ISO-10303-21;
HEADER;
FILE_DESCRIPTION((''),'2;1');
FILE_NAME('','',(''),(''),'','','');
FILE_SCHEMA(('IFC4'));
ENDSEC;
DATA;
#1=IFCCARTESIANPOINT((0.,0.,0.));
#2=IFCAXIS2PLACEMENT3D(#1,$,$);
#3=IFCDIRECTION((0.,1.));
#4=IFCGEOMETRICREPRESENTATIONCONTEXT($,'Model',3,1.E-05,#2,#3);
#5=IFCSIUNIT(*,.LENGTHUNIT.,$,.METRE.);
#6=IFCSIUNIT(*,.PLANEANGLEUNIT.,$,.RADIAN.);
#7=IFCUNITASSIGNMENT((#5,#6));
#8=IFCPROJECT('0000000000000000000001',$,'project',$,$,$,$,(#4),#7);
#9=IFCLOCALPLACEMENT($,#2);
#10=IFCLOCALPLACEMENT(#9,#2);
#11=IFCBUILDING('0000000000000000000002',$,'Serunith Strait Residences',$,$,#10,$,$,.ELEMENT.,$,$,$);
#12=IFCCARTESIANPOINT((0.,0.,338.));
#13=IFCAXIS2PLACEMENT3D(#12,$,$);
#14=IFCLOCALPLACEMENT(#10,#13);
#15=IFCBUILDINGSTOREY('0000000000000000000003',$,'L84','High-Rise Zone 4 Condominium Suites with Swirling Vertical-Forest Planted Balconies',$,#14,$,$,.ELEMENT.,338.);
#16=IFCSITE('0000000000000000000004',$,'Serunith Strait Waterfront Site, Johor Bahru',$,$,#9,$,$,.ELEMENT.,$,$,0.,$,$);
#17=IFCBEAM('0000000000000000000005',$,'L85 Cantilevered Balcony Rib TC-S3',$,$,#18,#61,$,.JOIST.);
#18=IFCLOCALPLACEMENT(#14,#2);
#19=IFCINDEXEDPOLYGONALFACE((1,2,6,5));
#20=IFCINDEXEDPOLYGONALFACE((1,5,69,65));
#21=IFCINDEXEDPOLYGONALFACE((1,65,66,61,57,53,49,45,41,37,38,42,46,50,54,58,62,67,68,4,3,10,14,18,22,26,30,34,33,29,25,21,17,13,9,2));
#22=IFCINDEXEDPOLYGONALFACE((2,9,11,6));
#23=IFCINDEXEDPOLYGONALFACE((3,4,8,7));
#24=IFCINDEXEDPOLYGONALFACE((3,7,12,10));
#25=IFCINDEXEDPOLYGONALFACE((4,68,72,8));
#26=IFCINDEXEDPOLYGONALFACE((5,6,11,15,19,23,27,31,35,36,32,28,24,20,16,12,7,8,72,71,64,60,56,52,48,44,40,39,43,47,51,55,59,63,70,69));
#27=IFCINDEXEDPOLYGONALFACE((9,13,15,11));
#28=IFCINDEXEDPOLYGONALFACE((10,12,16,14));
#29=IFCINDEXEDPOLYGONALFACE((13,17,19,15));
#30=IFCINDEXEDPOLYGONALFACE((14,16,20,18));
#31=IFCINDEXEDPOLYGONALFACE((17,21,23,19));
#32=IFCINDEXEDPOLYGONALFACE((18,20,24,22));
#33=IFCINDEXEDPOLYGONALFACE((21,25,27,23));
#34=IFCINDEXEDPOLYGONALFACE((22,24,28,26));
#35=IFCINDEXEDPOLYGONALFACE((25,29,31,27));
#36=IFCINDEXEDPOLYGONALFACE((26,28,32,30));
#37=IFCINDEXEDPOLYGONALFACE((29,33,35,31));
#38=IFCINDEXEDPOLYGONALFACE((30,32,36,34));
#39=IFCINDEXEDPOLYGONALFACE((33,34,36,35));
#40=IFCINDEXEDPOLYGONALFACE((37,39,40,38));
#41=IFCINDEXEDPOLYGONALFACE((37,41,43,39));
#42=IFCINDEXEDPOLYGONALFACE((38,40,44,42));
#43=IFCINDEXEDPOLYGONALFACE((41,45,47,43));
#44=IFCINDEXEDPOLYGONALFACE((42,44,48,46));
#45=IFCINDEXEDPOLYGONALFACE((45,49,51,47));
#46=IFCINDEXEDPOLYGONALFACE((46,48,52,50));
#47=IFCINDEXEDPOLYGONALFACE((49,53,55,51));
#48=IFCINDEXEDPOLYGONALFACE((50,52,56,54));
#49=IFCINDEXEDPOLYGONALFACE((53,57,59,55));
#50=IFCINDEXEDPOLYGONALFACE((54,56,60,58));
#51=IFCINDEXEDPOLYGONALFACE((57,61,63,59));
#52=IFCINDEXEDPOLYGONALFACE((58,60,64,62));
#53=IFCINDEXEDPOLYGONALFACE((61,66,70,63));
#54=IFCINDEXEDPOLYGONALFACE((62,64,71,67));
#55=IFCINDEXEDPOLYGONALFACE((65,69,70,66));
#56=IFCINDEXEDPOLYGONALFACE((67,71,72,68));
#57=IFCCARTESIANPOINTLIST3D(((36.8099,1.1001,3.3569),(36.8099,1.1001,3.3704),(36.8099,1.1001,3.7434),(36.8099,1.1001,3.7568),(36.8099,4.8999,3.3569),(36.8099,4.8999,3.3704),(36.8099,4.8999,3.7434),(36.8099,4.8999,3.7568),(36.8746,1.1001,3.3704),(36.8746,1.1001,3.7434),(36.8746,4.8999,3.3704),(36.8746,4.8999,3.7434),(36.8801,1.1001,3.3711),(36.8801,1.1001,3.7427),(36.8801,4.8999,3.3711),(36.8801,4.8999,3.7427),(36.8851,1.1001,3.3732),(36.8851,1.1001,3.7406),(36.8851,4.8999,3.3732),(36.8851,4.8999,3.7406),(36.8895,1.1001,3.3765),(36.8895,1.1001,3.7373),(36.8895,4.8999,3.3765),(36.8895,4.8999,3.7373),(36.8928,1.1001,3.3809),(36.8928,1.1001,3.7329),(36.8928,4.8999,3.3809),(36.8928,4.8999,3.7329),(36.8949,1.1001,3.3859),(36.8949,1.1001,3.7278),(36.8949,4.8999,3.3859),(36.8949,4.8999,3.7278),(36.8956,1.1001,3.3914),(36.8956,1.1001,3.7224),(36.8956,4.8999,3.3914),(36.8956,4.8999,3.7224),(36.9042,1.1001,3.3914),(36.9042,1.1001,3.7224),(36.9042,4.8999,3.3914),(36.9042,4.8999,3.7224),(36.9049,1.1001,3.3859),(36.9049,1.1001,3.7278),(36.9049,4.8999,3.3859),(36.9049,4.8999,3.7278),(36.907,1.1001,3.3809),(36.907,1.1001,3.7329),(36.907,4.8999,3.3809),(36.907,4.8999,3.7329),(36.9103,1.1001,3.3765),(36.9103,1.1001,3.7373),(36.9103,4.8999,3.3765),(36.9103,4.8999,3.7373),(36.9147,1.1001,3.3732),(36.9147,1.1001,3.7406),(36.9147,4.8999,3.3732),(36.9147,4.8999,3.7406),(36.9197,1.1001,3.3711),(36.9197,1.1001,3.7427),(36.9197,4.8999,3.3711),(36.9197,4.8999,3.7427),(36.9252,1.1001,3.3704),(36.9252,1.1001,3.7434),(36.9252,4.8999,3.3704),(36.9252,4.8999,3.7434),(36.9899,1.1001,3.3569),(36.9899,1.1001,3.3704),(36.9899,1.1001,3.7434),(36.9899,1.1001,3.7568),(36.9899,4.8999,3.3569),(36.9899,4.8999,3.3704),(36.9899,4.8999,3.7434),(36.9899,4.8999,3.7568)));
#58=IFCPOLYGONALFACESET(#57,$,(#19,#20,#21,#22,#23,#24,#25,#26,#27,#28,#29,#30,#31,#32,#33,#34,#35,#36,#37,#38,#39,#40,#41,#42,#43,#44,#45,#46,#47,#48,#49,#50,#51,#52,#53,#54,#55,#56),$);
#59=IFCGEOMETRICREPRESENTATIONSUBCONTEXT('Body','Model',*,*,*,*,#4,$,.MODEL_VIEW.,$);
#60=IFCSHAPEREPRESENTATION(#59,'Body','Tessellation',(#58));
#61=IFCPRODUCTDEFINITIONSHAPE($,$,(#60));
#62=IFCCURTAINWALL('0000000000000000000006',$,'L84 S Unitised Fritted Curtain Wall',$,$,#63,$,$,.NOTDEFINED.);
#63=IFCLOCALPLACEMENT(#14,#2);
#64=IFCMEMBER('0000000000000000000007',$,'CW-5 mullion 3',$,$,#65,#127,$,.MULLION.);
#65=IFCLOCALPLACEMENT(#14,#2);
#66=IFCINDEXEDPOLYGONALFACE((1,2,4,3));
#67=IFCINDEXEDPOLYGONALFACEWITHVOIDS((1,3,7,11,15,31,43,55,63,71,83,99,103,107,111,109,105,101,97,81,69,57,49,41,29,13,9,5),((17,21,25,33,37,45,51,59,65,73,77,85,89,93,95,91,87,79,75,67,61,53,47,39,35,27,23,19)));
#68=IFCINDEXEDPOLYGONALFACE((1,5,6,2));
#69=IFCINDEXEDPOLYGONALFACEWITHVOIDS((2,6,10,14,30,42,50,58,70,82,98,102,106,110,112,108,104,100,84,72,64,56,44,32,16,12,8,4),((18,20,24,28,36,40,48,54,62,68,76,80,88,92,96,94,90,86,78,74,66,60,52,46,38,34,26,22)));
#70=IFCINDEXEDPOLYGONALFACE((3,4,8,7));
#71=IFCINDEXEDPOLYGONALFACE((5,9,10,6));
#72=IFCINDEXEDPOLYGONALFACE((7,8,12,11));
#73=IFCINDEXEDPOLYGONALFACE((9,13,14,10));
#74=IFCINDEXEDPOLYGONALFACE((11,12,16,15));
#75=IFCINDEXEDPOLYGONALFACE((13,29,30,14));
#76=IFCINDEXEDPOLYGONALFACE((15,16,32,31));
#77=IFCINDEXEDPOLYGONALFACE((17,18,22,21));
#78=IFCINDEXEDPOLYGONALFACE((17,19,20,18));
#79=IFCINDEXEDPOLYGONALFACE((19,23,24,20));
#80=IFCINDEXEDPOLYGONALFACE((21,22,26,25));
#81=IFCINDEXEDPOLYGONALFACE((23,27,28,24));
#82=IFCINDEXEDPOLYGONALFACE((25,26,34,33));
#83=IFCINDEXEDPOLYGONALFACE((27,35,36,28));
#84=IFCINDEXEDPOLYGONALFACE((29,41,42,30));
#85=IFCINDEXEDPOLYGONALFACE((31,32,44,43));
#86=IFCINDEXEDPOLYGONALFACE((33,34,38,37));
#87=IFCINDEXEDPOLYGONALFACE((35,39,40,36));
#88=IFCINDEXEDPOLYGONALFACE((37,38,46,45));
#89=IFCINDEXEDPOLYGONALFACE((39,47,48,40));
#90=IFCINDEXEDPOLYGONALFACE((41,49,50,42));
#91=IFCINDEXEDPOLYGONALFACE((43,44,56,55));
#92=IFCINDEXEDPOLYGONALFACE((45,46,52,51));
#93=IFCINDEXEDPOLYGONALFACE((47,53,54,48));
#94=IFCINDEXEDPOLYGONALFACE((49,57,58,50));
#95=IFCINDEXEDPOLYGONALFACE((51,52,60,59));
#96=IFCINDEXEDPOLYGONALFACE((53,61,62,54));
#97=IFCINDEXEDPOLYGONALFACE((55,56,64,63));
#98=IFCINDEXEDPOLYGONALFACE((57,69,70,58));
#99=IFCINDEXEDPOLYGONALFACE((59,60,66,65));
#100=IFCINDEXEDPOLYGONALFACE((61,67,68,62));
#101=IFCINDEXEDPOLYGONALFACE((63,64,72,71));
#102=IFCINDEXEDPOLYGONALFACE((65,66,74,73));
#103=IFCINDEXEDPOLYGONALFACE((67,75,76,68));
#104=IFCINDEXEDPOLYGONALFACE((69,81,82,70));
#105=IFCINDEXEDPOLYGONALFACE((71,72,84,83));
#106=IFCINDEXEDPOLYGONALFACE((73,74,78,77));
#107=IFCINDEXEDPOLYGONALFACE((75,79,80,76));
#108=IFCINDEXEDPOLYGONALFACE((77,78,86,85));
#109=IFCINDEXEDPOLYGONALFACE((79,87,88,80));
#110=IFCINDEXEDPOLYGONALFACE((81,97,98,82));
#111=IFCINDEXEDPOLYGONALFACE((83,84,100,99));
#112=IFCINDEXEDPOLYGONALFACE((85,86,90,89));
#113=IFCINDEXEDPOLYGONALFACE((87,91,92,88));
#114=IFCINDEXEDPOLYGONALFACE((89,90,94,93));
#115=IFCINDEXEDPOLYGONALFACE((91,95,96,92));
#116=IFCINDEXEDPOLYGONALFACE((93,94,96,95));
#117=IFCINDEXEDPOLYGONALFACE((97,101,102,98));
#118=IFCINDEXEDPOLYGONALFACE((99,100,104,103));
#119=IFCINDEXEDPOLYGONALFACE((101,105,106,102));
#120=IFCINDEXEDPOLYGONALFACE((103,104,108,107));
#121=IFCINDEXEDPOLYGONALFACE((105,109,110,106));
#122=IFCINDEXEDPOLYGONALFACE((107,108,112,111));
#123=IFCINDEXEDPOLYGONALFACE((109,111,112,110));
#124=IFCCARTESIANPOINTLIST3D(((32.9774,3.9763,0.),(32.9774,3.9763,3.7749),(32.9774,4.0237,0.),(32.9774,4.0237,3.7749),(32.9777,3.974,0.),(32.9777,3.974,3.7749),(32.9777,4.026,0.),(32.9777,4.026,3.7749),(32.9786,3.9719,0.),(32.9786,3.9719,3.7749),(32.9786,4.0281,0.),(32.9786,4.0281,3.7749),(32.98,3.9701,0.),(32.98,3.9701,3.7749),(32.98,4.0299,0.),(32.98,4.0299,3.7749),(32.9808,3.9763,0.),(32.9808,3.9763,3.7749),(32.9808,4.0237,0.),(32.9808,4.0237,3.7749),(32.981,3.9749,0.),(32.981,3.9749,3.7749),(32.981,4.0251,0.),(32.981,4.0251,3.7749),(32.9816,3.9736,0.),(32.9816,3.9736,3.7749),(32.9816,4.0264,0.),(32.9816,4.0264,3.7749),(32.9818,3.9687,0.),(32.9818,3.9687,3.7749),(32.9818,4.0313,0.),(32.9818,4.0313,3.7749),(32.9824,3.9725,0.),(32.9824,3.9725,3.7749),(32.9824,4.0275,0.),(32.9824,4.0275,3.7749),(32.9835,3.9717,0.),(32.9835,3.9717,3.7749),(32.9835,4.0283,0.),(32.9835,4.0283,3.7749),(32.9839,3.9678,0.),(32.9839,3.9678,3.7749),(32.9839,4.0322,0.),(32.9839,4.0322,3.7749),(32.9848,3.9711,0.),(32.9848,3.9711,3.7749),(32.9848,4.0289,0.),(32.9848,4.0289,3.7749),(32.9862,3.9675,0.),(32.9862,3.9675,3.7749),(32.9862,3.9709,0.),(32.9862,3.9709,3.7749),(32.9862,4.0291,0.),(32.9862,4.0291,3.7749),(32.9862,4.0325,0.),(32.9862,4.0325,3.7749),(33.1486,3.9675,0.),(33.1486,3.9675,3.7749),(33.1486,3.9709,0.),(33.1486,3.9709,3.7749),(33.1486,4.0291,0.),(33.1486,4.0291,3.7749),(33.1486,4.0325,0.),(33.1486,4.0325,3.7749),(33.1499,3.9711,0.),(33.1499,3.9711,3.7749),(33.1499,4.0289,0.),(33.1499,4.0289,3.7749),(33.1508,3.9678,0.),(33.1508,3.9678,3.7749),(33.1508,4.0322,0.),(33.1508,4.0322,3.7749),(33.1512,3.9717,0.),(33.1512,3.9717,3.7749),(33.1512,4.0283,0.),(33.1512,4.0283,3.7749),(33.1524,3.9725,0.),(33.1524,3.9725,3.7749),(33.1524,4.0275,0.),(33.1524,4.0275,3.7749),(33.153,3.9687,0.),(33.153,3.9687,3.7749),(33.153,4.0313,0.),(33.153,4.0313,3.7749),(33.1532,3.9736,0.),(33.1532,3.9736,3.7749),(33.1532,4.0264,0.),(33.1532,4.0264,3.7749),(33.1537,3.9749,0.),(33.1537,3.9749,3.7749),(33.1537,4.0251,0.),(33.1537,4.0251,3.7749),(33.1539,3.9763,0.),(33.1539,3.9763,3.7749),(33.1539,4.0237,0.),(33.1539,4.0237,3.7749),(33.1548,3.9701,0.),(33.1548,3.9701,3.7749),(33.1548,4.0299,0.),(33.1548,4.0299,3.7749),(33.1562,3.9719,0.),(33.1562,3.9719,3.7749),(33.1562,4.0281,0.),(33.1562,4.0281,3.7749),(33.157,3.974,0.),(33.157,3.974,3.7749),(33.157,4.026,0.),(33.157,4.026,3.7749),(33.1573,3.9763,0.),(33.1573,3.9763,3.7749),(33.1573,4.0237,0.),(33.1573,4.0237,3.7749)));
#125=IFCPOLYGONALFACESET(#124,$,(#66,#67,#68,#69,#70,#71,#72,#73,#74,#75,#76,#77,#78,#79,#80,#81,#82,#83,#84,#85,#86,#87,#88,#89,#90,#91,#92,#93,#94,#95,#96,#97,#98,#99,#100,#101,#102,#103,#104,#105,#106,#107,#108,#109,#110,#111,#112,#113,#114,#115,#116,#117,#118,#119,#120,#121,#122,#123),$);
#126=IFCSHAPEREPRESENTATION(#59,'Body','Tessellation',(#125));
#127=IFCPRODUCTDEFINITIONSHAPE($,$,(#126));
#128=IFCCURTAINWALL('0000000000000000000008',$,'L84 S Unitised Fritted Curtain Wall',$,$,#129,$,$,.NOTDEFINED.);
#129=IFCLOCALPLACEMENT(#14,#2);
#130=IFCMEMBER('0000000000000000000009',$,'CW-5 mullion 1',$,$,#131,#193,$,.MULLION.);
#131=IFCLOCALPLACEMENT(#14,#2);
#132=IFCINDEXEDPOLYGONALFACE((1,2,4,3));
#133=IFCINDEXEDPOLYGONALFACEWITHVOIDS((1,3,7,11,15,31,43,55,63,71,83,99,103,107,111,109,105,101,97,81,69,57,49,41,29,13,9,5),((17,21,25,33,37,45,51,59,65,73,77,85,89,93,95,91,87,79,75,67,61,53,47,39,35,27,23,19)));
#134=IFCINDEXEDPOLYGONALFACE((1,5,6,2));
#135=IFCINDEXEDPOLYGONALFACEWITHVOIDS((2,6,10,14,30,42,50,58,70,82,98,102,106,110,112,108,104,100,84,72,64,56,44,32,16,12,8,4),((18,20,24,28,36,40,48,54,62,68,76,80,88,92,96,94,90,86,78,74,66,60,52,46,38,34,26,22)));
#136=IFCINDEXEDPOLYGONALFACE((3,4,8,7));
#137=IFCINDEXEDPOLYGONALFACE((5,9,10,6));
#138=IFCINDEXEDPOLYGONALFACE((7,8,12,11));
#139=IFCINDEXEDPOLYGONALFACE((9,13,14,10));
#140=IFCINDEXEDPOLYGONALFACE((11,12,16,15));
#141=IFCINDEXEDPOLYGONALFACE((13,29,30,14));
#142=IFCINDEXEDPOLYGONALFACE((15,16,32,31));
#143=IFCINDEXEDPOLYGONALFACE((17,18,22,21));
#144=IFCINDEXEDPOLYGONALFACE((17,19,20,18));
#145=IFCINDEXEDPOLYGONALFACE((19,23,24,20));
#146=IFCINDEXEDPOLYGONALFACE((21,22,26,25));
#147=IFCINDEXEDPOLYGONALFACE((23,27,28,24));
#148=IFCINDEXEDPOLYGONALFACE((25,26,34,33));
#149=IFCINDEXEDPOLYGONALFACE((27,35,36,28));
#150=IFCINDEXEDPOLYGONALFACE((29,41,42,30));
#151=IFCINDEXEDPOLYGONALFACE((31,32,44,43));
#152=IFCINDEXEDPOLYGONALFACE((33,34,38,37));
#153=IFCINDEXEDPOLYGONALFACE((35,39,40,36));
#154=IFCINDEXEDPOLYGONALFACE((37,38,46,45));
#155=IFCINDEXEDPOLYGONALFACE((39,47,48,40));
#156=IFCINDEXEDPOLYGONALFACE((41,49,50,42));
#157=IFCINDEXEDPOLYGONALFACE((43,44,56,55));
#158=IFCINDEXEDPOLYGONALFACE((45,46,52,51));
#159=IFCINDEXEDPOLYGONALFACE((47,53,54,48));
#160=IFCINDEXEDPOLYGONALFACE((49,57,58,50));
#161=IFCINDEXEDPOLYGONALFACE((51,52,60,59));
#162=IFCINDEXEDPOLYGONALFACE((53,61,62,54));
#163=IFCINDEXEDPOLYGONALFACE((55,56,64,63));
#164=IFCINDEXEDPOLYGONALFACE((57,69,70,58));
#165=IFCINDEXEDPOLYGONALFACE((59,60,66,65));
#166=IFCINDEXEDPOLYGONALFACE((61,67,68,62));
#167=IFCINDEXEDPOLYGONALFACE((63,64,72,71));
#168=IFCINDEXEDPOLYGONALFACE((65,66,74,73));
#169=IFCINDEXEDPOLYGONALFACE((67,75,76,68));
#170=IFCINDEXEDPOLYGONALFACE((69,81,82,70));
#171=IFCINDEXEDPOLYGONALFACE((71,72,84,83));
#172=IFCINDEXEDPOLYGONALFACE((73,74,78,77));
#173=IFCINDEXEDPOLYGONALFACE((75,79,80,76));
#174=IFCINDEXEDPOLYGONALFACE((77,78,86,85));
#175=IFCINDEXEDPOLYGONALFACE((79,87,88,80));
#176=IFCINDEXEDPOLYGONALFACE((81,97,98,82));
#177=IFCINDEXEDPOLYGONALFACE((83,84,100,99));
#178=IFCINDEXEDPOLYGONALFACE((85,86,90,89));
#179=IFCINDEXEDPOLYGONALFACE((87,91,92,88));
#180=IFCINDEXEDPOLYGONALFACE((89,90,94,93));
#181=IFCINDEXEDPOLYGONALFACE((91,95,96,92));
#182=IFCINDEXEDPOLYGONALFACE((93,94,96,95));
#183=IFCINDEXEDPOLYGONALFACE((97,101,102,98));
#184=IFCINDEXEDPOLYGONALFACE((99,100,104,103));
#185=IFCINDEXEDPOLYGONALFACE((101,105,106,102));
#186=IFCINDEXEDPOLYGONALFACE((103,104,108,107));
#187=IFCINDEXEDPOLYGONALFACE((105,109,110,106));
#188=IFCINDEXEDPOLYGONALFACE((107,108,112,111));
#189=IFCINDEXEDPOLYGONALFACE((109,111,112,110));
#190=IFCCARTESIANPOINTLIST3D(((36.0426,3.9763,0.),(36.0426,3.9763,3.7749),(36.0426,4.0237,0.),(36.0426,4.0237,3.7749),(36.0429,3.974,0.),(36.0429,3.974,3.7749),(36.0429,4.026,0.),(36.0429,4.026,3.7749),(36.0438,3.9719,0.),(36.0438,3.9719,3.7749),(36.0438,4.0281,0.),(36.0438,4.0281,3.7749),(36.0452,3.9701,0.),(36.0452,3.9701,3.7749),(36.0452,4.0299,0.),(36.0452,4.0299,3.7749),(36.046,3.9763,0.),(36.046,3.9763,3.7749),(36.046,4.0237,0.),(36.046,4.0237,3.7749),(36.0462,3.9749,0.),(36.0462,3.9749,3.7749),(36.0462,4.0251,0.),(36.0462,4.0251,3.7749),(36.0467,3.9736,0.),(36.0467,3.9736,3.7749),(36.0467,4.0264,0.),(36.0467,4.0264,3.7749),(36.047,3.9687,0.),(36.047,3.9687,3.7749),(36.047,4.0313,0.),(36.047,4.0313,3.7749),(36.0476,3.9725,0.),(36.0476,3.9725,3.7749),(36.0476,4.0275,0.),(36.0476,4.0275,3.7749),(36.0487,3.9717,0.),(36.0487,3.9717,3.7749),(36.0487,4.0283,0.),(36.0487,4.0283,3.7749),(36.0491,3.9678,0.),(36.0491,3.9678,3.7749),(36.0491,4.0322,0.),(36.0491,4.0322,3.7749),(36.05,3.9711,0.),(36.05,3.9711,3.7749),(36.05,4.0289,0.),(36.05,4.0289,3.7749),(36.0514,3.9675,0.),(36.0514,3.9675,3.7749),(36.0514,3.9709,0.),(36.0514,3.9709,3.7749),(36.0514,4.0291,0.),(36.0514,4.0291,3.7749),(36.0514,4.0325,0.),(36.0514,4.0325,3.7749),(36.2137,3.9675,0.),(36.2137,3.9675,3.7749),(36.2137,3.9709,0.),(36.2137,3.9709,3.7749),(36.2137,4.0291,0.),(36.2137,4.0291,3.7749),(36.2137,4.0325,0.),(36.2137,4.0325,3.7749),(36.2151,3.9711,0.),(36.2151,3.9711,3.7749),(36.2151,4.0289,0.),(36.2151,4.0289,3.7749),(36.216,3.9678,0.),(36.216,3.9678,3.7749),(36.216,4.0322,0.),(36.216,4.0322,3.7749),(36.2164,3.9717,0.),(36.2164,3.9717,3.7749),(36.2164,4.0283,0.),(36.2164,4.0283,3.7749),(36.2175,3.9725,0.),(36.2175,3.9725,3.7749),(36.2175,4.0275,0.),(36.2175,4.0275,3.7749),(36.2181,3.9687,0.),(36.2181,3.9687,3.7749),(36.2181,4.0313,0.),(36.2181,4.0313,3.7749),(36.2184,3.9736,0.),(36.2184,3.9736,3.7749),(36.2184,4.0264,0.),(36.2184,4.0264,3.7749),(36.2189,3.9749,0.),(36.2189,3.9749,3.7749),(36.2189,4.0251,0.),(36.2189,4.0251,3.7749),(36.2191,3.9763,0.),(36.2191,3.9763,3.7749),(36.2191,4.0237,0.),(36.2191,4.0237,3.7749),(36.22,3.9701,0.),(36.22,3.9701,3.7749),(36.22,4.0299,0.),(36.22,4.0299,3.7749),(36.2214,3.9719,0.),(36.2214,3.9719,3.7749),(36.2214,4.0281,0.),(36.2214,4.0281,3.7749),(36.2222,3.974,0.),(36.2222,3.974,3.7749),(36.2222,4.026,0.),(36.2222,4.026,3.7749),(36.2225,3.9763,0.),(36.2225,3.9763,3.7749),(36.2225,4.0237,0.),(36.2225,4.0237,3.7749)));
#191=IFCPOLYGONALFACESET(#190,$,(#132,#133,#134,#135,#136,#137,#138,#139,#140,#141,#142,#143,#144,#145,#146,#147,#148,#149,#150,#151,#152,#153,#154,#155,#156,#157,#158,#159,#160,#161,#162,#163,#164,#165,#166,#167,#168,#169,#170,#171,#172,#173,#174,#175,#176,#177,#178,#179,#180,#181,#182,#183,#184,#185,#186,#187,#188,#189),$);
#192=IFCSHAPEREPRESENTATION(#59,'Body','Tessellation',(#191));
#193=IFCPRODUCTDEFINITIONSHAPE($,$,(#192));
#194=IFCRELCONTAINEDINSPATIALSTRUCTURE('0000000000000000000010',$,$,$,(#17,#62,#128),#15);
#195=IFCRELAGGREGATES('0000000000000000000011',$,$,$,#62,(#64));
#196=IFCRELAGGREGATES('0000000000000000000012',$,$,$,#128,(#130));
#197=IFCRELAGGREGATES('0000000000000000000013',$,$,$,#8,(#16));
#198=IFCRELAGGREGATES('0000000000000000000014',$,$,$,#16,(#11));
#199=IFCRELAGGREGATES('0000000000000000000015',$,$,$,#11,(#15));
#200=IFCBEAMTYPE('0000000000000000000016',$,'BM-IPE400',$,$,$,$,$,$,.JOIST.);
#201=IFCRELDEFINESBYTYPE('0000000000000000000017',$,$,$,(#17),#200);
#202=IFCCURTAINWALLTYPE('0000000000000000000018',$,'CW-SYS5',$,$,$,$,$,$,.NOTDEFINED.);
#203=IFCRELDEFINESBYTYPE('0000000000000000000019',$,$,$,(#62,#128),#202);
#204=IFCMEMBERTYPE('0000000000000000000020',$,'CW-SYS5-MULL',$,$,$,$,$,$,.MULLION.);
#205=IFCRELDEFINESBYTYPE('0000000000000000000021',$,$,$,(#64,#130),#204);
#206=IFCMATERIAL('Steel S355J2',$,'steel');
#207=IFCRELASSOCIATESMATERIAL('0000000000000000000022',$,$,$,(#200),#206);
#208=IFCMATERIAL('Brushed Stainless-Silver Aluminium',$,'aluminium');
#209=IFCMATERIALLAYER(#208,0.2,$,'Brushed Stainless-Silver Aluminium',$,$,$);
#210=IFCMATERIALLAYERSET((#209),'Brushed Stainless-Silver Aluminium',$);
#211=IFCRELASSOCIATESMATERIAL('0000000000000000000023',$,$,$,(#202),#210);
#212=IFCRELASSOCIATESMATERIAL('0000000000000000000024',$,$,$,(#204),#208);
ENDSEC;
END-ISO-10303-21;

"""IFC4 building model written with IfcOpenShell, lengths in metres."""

from ifc_helpers import new_model, si_unit, direction, frame, origin, origin_2d, place, context, subcontext, project, spatial, hollow_rectangle, i_section, extrude, source, transform, mapped, material, layer, layer_set, material_profile, profile_set, type_object, element, aggregate, save


model = new_model("IFC4")

# Units and contexts
model_context = context("Model", 3, precision=1e-05, world=origin(), true_north=direction((0.0, 1.0)))
body_context = subcontext(model_context, "Body", "Model", "MODEL_VIEW")
ifc_project = project(units=[si_unit("LENGTHUNIT", "METRE"), si_unit("PLANEANGLEUNIT", "RADIAN")], contexts=[model_context])

# Site, building, storey
site_placement = place(None, origin())
site = spatial("IfcSite", under=ifc_project, at=site_placement, Name="Serunith Strait Waterfront Site, Johor Bahru", CompositionType="ELEMENT", RefElevation=0.0)
building_placement = place(site_placement, origin())
building = spatial("IfcBuilding", under=site, at=building_placement, Name="Serunith Strait Residences", CompositionType="ELEMENT")
storey_placement = place(building_placement, frame((0.0, 0.0, 338.0)))
storey = spatial("IfcBuildingStorey", under=building, at=storey_placement, Name="L84", Description="High-Rise Zone 4 Condominium Suites with Swirling Vertical-Forest Planted Balconies", CompositionType="ELEMENT", Elevation=338.0)

# Beam
ifc_material_1 = material(Name="Steel S355J2", Category="steel")
ifc_material_profile_1 = material_profile(ifc_material_1, i_section(OverallWidth=0.1799, OverallDepth=0.3999, WebThickness=0.0085, FlangeThickness=0.0134, FilletRadius=0.021, at=origin_2d()), Name="IPE 400")
ifc_profile_set_1 = profile_set([ifc_material_profile_1], Name="Steel S355J2")
beam_type_1 = type_object("IfcBeamType", Name="BM-IPE400", PredefinedType="JOIST", material=ifc_profile_set_1)
shared_shape_1 = source(origin(), body_context, "Body", "SweptSolid", [
    extrude(i_section(OverallWidth=0.1799, OverallDepth=0.3999, WebThickness=0.0085, FlangeThickness=0.0134, FilletRadius=0.021, at=origin_2d()), origin(), (0.0, 0.0, 1.0), 3.7998),
])
beam_1_placement = place(storey_placement, frame((36.8999, 4.8999, 3.5569), z_axis=(0.0, -1.0, 0.0), x_axis=(1.0, 0.0, 0.0)))
element("IfcBeam", 1, at=beam_1_placement, inside=storey, type_object=beam_type_1, Name="L85 Cantilevered Balcony Rib TC-S3", PredefinedType="JOIST", context=body_context, shape_type="MappedRepresentation", body=[
    mapped(shared_shape_1, transform((0.0, 0.0, 0.0), scale=1.0)),
])

# Curtain wall, member
ifc_material_2 = material(Name="Brushed Stainless-Silver Aluminium", Category="aluminium")
ifc_layer_1 = layer(ifc_material_2, 0.2, Name="Brushed Stainless-Silver Aluminium")
ifc_layer_set_1 = layer_set([ifc_layer_1], Name="Brushed Stainless-Silver Aluminium")
curtain_wall_type = type_object("IfcCurtainWallType", Name="CW-SYS5", PredefinedType="NOTDEFINED", material=ifc_layer_set_1)
curtain_wall_1_placement = place(storey_placement, origin())
curtain_wall_1 = element("IfcCurtainWall", 2, at=curtain_wall_1_placement, inside=storey, type_object=curtain_wall_type, Name="L84 S Unitised Fritted Curtain Wall", PredefinedType="NOTDEFINED")
ifc_material_profile_2 = material_profile(ifc_material_2, hollow_rectangle(XDim=0.0649, YDim=0.1799, WallThickness=0.0034, InnerFilletRadius=0.0054, OuterFilletRadius=0.0088, at=origin_2d()), Name="ALU 180x65x3.5")
ifc_profile_set_2 = profile_set([ifc_material_profile_2], Name="Brushed Stainless-Silver Aluminium")
member_type_1 = type_object("IfcMemberType", Name="CW-SYS5-MULL", PredefinedType="MULLION", material=ifc_profile_set_2)
shared_shape_2 = source(origin(), body_context, "Body", "SweptSolid", [
    extrude(hollow_rectangle(XDim=0.0649, YDim=0.1799, WallThickness=0.0034, InnerFilletRadius=0.0054, OuterFilletRadius=0.0088, at=origin_2d()), origin(), (0.0, 0.0, 1.0), 3.7749),
])
member_1_placement = place(storey_placement, frame((33.0674, 4.0, 0.0), z_axis=(0.0, 0.0, 1.0), x_axis=(0.0, 1.0, 0.0)))
member_1 = element("IfcMember", 3, at=member_1_placement, type_object=member_type_1, Name="CW-5 mullion 3", PredefinedType="MULLION", context=body_context, shape_type="MappedRepresentation", body=[
    mapped(shared_shape_2, transform((0.0, 0.0, 0.0), scale=1.0)),
])

# Curtain wall, member
curtain_wall_2_placement = place(storey_placement, origin())
curtain_wall_2 = element("IfcCurtainWall", 4, at=curtain_wall_2_placement, inside=storey, type_object=curtain_wall_type, Name="L84 S Unitised Fritted Curtain Wall", PredefinedType="NOTDEFINED")
member_2_placement = place(storey_placement, frame((36.1326, 4.0, 0.0), z_axis=(0.0, 0.0, 1.0), x_axis=(0.0, 1.0, 0.0)))
member_2 = element("IfcMember", 5, at=member_2_placement, type_object=member_type_1, Name="CW-5 mullion 1", PredefinedType="MULLION", context=body_context, shape_type="MappedRepresentation", body=[
    mapped(shared_shape_2, transform((0.0, 0.0, 0.0), scale=1.0)),
])

aggregate(curtain_wall_1, [member_1])
aggregate(curtain_wall_2, [member_2])

save(model, "model.ifc")
